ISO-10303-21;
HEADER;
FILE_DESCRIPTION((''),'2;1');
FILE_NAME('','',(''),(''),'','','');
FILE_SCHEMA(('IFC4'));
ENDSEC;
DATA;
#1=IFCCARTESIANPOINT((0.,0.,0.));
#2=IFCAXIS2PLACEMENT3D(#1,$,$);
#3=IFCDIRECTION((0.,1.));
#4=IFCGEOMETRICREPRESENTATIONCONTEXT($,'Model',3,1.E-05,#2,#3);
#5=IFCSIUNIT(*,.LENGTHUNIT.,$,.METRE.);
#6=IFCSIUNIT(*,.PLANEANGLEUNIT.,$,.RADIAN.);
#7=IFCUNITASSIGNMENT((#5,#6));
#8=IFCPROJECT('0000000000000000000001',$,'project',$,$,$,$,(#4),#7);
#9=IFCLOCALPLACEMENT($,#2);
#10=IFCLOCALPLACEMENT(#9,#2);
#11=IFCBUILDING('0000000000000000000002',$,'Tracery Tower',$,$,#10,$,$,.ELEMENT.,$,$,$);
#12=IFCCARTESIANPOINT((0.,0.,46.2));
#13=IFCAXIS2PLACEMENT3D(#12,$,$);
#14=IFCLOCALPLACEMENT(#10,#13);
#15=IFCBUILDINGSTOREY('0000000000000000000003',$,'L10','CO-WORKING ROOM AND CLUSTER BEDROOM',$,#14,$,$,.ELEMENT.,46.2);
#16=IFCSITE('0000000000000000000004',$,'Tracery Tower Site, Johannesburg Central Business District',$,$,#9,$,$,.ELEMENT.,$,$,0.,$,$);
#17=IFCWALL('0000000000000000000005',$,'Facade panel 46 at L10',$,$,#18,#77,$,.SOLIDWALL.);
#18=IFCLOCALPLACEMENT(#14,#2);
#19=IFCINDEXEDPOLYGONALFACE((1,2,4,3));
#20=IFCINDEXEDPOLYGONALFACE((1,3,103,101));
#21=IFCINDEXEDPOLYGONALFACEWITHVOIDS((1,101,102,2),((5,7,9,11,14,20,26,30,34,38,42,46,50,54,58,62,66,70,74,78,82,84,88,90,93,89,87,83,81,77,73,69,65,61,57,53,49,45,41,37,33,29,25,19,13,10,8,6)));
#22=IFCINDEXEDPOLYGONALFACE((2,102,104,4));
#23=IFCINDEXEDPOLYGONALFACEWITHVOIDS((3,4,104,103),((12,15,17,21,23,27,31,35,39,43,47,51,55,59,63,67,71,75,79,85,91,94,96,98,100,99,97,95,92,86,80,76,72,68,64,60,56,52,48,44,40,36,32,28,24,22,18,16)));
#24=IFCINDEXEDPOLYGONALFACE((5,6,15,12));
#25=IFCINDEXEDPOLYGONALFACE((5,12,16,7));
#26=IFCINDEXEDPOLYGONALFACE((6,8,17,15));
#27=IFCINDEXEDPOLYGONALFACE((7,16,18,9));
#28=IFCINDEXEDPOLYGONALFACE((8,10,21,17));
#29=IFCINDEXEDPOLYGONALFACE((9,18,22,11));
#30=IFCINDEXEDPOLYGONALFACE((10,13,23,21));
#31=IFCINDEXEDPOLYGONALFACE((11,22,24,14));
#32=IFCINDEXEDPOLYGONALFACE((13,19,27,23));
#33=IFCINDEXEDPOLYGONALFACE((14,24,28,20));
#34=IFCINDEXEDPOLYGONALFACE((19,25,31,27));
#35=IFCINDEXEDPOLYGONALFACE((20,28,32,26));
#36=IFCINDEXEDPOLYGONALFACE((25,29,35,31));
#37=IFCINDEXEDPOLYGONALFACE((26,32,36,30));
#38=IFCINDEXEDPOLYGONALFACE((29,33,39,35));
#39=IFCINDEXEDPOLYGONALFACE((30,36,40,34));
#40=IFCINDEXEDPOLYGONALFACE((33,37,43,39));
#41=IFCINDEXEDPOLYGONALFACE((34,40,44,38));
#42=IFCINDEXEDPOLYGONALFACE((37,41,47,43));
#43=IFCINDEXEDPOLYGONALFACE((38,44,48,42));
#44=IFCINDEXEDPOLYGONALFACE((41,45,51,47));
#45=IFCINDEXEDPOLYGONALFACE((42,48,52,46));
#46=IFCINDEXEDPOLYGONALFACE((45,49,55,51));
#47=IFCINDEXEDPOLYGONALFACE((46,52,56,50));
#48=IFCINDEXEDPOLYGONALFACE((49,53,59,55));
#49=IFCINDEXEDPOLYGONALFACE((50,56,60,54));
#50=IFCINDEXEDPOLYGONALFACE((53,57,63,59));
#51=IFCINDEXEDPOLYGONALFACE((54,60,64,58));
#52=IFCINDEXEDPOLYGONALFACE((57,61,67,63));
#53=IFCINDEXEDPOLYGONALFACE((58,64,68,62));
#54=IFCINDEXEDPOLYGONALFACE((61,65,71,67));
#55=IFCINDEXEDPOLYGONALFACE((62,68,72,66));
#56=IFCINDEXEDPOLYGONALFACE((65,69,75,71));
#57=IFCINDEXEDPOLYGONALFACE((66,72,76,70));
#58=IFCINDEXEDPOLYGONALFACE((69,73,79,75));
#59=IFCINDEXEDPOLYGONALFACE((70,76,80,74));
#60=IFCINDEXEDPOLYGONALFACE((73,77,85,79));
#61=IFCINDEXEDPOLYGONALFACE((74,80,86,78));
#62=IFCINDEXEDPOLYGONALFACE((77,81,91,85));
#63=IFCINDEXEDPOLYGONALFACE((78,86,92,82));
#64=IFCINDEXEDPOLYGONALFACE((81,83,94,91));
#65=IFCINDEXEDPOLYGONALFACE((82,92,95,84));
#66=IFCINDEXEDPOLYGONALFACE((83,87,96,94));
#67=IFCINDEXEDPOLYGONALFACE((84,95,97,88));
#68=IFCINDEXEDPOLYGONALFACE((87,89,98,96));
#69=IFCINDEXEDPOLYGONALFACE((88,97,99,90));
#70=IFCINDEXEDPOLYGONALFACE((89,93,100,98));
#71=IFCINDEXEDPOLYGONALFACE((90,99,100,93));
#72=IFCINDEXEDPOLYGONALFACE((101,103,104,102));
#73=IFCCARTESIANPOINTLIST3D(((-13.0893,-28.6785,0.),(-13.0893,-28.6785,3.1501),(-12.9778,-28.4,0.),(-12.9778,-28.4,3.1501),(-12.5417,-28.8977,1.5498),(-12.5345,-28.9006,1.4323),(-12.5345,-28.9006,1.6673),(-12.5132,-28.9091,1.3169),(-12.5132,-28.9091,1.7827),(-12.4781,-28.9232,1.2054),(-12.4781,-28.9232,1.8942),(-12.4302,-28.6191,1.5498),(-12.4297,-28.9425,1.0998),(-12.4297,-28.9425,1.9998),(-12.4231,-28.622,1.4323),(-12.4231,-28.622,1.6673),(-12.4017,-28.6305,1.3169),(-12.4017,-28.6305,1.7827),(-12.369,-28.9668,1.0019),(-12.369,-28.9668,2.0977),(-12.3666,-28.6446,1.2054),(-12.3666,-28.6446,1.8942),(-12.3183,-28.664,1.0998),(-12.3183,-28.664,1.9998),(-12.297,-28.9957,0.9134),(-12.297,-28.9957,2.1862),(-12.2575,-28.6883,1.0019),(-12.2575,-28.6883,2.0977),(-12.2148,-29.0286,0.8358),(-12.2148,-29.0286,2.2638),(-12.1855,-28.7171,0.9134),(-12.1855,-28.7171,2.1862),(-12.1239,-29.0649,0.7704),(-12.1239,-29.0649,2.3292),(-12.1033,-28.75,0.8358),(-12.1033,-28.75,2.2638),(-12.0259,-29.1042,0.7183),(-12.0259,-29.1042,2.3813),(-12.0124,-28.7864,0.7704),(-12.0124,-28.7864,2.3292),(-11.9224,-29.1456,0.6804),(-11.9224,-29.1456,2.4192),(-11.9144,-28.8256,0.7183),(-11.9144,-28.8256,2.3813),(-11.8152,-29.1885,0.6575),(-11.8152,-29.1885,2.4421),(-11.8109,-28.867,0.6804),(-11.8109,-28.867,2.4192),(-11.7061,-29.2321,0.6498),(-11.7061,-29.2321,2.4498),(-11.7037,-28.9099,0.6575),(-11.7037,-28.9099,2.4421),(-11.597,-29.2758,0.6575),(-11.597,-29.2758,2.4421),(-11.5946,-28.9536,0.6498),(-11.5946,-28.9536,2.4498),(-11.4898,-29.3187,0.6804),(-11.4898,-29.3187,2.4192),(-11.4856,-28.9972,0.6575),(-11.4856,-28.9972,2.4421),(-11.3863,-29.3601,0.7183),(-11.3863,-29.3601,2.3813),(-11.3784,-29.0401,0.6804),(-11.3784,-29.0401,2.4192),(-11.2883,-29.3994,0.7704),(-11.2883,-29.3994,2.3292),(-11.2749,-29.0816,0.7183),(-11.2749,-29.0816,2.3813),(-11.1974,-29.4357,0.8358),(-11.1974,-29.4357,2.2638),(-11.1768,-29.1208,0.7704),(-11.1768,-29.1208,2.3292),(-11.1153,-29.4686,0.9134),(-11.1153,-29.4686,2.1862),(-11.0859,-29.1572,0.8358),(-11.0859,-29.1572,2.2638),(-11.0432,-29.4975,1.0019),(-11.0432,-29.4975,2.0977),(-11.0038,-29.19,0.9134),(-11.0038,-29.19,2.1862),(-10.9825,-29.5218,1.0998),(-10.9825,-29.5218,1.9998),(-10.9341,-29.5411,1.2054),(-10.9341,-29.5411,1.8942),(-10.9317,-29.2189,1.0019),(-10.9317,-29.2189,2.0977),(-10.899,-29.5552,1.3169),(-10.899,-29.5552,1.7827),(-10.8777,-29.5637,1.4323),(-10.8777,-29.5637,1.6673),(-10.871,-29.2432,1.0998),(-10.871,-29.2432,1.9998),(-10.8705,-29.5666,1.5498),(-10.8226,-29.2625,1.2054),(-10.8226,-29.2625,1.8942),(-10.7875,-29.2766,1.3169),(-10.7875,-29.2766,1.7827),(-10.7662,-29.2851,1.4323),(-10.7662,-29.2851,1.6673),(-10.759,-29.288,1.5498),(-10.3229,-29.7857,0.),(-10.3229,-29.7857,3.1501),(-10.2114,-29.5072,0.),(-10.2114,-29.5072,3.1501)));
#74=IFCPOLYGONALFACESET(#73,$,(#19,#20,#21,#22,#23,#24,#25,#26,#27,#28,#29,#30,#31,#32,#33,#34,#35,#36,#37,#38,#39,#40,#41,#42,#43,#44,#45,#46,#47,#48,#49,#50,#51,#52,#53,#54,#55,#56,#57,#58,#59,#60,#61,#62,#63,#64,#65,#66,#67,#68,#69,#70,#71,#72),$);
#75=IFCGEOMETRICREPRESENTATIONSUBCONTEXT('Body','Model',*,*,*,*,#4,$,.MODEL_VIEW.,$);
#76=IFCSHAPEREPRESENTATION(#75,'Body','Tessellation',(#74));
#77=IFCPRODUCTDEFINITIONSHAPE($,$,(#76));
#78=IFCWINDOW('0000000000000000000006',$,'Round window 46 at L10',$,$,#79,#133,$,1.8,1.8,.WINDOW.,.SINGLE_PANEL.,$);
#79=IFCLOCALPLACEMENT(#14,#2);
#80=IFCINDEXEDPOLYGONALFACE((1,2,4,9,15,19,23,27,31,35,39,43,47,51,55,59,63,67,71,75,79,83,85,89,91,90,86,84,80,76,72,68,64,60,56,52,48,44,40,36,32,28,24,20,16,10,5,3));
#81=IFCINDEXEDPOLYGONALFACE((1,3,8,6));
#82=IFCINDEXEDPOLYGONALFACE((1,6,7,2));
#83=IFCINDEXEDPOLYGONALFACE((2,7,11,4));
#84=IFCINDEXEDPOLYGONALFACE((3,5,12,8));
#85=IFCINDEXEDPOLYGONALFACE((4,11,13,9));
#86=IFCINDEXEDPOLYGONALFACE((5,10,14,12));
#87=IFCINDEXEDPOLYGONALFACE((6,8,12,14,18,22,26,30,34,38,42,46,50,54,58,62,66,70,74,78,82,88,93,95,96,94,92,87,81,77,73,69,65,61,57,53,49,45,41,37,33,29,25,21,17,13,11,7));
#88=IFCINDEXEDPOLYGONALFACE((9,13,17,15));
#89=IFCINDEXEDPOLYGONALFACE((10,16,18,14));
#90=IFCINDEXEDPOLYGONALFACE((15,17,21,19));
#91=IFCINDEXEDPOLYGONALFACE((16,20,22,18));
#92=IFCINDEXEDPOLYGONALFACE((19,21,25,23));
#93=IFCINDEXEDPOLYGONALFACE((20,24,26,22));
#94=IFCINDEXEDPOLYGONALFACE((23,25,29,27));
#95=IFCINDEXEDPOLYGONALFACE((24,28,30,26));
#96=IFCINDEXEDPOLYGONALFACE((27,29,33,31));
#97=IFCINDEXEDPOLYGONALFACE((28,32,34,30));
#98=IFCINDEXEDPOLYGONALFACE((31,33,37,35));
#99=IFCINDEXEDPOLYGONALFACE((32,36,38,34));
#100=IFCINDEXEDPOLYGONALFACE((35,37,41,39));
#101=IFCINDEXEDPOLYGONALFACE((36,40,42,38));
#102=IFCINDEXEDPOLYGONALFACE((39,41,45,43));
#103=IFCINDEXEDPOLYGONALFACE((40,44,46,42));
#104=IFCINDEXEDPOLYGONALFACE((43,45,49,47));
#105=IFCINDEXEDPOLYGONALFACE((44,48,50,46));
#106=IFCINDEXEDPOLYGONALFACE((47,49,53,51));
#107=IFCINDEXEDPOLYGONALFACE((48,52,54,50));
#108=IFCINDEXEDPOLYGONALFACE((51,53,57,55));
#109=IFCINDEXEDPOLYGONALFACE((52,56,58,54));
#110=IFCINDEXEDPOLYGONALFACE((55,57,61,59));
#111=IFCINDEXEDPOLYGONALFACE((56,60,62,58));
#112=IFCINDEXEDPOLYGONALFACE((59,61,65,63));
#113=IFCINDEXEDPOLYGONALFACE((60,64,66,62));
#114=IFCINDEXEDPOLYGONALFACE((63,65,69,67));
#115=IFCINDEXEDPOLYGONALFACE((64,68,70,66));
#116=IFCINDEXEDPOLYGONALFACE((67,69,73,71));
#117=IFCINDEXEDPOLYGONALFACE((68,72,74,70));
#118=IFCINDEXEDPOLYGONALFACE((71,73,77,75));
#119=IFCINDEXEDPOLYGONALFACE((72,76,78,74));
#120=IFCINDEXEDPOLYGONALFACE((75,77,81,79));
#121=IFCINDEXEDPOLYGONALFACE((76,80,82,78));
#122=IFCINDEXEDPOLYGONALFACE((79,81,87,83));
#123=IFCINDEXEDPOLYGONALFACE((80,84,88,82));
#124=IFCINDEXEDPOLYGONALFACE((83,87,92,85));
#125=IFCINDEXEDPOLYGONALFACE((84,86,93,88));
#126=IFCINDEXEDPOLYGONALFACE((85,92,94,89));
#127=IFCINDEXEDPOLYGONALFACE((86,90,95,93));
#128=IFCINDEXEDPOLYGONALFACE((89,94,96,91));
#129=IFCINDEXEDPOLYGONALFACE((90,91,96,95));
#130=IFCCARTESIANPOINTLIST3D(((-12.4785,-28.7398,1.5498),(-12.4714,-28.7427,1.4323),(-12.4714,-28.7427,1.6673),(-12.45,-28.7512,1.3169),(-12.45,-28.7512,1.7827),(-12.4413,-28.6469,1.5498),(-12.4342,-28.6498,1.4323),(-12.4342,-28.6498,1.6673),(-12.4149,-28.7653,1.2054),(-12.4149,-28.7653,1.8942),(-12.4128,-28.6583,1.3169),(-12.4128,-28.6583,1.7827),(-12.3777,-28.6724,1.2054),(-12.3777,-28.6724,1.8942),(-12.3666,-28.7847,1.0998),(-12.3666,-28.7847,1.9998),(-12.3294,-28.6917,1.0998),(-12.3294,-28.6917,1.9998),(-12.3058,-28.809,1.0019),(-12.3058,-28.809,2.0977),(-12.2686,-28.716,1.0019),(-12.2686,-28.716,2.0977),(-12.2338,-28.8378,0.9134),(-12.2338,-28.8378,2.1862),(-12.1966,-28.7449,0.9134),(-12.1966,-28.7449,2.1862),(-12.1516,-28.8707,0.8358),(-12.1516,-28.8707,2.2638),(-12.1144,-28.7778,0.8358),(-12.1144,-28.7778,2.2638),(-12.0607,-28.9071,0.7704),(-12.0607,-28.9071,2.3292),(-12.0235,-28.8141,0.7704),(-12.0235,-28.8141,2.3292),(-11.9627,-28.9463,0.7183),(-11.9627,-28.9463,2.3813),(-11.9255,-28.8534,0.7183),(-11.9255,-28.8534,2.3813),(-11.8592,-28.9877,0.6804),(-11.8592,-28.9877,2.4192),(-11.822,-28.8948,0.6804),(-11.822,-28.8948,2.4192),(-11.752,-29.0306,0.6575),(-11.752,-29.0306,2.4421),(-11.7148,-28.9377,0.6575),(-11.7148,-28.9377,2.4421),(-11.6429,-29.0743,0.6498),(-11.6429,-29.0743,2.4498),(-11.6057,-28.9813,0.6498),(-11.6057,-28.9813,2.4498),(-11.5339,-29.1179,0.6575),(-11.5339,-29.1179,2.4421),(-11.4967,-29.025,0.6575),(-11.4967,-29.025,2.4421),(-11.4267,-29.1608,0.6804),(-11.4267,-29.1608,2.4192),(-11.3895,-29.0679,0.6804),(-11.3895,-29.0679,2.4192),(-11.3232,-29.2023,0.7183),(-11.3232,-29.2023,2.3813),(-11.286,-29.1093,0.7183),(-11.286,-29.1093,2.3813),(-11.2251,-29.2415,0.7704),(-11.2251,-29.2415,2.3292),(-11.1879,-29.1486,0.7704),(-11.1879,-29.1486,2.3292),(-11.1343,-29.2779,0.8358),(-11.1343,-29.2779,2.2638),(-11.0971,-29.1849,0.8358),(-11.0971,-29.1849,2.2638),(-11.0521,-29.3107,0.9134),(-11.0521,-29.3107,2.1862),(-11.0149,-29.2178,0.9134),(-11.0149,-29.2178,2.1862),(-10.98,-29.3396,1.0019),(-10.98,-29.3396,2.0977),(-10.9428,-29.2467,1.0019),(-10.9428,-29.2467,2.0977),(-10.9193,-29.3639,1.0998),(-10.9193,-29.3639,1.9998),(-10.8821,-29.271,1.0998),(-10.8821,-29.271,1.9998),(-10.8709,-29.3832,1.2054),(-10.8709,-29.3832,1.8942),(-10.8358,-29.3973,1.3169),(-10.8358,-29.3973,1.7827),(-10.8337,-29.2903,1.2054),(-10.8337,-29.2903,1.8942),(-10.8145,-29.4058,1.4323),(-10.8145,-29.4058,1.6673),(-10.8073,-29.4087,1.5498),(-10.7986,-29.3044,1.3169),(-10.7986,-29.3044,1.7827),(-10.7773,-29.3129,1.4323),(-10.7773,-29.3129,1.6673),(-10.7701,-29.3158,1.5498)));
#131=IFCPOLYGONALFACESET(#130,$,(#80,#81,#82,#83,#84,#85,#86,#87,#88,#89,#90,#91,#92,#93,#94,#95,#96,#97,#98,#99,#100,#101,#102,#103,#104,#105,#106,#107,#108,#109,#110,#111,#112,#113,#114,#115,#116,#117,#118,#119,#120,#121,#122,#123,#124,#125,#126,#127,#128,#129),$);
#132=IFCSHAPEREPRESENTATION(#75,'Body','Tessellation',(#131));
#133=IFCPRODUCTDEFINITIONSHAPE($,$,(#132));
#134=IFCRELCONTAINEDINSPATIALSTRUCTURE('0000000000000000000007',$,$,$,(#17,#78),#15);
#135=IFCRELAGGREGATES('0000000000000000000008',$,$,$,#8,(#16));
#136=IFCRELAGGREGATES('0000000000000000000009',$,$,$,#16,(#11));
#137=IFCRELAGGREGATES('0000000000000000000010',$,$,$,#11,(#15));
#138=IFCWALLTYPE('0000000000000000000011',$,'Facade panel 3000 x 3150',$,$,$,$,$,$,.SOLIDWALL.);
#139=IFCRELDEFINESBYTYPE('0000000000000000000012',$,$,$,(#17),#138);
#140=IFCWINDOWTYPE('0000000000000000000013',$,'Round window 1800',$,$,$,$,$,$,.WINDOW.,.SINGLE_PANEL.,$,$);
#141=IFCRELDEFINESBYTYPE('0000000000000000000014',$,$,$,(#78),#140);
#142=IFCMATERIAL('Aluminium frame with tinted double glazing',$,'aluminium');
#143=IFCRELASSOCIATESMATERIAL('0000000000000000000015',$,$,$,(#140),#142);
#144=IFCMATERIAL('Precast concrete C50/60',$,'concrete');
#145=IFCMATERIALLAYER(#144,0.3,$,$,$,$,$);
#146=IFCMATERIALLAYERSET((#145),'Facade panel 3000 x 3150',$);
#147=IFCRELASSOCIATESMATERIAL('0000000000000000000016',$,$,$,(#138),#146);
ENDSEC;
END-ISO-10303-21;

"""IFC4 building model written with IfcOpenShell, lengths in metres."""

from ifc_helpers import new_model, si_unit, direction, frame, frame_2d, origin, origin_2d, place, context, subcontext, project, spatial, rectangle, circle, extrude, material, layer, layer_set, type_object, element, fill, save


model = new_model("IFC4")

# Units and contexts
model_context = context("Model", 3, precision=1e-05, world=origin(), true_north=direction((0.0, 1.0)))
body_context = subcontext(model_context, "Body", "Model", "MODEL_VIEW")
ifc_project = project(units=[si_unit("LENGTHUNIT", "METRE"), si_unit("PLANEANGLEUNIT", "RADIAN")], contexts=[model_context])

# Site, building, storey
site_placement = place(None, origin())
site = spatial("IfcSite", under=ifc_project, at=site_placement, Name="Tracery Tower Site, Johannesburg Central Business District", CompositionType="ELEMENT", RefElevation=0.0)
building_placement = place(site_placement, origin())
building = spatial("IfcBuilding", under=site, at=building_placement, Name="Tracery Tower", CompositionType="ELEMENT")
storey_placement = place(building_placement, frame((0.0, 0.0, 46.2)))
storey = spatial("IfcBuildingStorey", under=building, at=storey_placement, Name="L10", Description="CO-WORKING ROOM AND CLUSTER BEDROOM", CompositionType="ELEMENT", Elevation=46.2)

# Wall, opening, window
ifc_material_1 = material(Name="Aluminium frame with tinted double glazing", Category="aluminium")
window_type = type_object("IfcWindowType", Name="Round window 1800", PartitioningType="SINGLE_PANEL", PredefinedType="WINDOW", material=ifc_material_1)
ifc_material_2 = material(Name="Precast concrete C50/60", Category="concrete")
ifc_layer_1 = layer(ifc_material_2, 0.3)
ifc_layer_set_1 = layer_set([ifc_layer_1], Name="Facade panel 3000 x 3150")
wall_type_1 = type_object("IfcWallType", Name="Facade panel 3000 x 3150", PredefinedType="SOLIDWALL", material=ifc_layer_set_1)
wall_1_placement = place(storey_placement, frame((-13.0334, -28.5393, 0.0), z_axis=(0.0, 0.0, 1.0), x_axis=(0.928403, -0.371574, 0.0)))
wall_1 = element("IfcWall", 1, at=wall_1_placement, inside=storey, type_object=wall_type_1, Name="Facade panel 46 at L10", PredefinedType="SOLIDWALL", context=body_context, shape_type="SweptSolid", body=[
    extrude(rectangle(XDim=2.9797, YDim=0.3, at=frame_2d((1.4897, 0.0))), origin(), (0.0, 0.0, 1.0), 3.1501),
])
opening_1_placement = place(wall_1_placement, frame((1.4897, 0.0, 1.5498)))
opening_1 = element("IfcOpeningElement", 2, at=opening_1_placement, cuts=wall_1, PredefinedType="OPENING", context=body_context, shape_type="SweptSolid", body=[
    extrude(circle(Radius=0.9, at=origin_2d()), frame((0.0, 0.1599, 0.0), z_axis=(0.0, -1.0, 0.0), x_axis=(1.0, 0.0, 0.0)), (0.0, 0.0, 1.0), 0.3201),
])
window_1_placement = place(opening_1_placement, origin())
window_1 = element("IfcWindow", 3, at=window_1_placement, inside=storey, type_object=window_type, Name="Round window 46 at L10", OverallHeight=1.8, OverallWidth=1.8, PartitioningType="SINGLE_PANEL", PredefinedType="WINDOW", context=body_context, shape_type="SweptSolid", body=[
    extrude(circle(Radius=0.9, at=origin_2d()), frame((0.0, 0.1201, 0.0), z_axis=(0.0, -1.0, 0.0), x_axis=(1.0, 0.0, 0.0)), (0.0, 0.0, 1.0), 0.1001),
])
fill(opening_1, window_1)

save(model, "model.ifc")
